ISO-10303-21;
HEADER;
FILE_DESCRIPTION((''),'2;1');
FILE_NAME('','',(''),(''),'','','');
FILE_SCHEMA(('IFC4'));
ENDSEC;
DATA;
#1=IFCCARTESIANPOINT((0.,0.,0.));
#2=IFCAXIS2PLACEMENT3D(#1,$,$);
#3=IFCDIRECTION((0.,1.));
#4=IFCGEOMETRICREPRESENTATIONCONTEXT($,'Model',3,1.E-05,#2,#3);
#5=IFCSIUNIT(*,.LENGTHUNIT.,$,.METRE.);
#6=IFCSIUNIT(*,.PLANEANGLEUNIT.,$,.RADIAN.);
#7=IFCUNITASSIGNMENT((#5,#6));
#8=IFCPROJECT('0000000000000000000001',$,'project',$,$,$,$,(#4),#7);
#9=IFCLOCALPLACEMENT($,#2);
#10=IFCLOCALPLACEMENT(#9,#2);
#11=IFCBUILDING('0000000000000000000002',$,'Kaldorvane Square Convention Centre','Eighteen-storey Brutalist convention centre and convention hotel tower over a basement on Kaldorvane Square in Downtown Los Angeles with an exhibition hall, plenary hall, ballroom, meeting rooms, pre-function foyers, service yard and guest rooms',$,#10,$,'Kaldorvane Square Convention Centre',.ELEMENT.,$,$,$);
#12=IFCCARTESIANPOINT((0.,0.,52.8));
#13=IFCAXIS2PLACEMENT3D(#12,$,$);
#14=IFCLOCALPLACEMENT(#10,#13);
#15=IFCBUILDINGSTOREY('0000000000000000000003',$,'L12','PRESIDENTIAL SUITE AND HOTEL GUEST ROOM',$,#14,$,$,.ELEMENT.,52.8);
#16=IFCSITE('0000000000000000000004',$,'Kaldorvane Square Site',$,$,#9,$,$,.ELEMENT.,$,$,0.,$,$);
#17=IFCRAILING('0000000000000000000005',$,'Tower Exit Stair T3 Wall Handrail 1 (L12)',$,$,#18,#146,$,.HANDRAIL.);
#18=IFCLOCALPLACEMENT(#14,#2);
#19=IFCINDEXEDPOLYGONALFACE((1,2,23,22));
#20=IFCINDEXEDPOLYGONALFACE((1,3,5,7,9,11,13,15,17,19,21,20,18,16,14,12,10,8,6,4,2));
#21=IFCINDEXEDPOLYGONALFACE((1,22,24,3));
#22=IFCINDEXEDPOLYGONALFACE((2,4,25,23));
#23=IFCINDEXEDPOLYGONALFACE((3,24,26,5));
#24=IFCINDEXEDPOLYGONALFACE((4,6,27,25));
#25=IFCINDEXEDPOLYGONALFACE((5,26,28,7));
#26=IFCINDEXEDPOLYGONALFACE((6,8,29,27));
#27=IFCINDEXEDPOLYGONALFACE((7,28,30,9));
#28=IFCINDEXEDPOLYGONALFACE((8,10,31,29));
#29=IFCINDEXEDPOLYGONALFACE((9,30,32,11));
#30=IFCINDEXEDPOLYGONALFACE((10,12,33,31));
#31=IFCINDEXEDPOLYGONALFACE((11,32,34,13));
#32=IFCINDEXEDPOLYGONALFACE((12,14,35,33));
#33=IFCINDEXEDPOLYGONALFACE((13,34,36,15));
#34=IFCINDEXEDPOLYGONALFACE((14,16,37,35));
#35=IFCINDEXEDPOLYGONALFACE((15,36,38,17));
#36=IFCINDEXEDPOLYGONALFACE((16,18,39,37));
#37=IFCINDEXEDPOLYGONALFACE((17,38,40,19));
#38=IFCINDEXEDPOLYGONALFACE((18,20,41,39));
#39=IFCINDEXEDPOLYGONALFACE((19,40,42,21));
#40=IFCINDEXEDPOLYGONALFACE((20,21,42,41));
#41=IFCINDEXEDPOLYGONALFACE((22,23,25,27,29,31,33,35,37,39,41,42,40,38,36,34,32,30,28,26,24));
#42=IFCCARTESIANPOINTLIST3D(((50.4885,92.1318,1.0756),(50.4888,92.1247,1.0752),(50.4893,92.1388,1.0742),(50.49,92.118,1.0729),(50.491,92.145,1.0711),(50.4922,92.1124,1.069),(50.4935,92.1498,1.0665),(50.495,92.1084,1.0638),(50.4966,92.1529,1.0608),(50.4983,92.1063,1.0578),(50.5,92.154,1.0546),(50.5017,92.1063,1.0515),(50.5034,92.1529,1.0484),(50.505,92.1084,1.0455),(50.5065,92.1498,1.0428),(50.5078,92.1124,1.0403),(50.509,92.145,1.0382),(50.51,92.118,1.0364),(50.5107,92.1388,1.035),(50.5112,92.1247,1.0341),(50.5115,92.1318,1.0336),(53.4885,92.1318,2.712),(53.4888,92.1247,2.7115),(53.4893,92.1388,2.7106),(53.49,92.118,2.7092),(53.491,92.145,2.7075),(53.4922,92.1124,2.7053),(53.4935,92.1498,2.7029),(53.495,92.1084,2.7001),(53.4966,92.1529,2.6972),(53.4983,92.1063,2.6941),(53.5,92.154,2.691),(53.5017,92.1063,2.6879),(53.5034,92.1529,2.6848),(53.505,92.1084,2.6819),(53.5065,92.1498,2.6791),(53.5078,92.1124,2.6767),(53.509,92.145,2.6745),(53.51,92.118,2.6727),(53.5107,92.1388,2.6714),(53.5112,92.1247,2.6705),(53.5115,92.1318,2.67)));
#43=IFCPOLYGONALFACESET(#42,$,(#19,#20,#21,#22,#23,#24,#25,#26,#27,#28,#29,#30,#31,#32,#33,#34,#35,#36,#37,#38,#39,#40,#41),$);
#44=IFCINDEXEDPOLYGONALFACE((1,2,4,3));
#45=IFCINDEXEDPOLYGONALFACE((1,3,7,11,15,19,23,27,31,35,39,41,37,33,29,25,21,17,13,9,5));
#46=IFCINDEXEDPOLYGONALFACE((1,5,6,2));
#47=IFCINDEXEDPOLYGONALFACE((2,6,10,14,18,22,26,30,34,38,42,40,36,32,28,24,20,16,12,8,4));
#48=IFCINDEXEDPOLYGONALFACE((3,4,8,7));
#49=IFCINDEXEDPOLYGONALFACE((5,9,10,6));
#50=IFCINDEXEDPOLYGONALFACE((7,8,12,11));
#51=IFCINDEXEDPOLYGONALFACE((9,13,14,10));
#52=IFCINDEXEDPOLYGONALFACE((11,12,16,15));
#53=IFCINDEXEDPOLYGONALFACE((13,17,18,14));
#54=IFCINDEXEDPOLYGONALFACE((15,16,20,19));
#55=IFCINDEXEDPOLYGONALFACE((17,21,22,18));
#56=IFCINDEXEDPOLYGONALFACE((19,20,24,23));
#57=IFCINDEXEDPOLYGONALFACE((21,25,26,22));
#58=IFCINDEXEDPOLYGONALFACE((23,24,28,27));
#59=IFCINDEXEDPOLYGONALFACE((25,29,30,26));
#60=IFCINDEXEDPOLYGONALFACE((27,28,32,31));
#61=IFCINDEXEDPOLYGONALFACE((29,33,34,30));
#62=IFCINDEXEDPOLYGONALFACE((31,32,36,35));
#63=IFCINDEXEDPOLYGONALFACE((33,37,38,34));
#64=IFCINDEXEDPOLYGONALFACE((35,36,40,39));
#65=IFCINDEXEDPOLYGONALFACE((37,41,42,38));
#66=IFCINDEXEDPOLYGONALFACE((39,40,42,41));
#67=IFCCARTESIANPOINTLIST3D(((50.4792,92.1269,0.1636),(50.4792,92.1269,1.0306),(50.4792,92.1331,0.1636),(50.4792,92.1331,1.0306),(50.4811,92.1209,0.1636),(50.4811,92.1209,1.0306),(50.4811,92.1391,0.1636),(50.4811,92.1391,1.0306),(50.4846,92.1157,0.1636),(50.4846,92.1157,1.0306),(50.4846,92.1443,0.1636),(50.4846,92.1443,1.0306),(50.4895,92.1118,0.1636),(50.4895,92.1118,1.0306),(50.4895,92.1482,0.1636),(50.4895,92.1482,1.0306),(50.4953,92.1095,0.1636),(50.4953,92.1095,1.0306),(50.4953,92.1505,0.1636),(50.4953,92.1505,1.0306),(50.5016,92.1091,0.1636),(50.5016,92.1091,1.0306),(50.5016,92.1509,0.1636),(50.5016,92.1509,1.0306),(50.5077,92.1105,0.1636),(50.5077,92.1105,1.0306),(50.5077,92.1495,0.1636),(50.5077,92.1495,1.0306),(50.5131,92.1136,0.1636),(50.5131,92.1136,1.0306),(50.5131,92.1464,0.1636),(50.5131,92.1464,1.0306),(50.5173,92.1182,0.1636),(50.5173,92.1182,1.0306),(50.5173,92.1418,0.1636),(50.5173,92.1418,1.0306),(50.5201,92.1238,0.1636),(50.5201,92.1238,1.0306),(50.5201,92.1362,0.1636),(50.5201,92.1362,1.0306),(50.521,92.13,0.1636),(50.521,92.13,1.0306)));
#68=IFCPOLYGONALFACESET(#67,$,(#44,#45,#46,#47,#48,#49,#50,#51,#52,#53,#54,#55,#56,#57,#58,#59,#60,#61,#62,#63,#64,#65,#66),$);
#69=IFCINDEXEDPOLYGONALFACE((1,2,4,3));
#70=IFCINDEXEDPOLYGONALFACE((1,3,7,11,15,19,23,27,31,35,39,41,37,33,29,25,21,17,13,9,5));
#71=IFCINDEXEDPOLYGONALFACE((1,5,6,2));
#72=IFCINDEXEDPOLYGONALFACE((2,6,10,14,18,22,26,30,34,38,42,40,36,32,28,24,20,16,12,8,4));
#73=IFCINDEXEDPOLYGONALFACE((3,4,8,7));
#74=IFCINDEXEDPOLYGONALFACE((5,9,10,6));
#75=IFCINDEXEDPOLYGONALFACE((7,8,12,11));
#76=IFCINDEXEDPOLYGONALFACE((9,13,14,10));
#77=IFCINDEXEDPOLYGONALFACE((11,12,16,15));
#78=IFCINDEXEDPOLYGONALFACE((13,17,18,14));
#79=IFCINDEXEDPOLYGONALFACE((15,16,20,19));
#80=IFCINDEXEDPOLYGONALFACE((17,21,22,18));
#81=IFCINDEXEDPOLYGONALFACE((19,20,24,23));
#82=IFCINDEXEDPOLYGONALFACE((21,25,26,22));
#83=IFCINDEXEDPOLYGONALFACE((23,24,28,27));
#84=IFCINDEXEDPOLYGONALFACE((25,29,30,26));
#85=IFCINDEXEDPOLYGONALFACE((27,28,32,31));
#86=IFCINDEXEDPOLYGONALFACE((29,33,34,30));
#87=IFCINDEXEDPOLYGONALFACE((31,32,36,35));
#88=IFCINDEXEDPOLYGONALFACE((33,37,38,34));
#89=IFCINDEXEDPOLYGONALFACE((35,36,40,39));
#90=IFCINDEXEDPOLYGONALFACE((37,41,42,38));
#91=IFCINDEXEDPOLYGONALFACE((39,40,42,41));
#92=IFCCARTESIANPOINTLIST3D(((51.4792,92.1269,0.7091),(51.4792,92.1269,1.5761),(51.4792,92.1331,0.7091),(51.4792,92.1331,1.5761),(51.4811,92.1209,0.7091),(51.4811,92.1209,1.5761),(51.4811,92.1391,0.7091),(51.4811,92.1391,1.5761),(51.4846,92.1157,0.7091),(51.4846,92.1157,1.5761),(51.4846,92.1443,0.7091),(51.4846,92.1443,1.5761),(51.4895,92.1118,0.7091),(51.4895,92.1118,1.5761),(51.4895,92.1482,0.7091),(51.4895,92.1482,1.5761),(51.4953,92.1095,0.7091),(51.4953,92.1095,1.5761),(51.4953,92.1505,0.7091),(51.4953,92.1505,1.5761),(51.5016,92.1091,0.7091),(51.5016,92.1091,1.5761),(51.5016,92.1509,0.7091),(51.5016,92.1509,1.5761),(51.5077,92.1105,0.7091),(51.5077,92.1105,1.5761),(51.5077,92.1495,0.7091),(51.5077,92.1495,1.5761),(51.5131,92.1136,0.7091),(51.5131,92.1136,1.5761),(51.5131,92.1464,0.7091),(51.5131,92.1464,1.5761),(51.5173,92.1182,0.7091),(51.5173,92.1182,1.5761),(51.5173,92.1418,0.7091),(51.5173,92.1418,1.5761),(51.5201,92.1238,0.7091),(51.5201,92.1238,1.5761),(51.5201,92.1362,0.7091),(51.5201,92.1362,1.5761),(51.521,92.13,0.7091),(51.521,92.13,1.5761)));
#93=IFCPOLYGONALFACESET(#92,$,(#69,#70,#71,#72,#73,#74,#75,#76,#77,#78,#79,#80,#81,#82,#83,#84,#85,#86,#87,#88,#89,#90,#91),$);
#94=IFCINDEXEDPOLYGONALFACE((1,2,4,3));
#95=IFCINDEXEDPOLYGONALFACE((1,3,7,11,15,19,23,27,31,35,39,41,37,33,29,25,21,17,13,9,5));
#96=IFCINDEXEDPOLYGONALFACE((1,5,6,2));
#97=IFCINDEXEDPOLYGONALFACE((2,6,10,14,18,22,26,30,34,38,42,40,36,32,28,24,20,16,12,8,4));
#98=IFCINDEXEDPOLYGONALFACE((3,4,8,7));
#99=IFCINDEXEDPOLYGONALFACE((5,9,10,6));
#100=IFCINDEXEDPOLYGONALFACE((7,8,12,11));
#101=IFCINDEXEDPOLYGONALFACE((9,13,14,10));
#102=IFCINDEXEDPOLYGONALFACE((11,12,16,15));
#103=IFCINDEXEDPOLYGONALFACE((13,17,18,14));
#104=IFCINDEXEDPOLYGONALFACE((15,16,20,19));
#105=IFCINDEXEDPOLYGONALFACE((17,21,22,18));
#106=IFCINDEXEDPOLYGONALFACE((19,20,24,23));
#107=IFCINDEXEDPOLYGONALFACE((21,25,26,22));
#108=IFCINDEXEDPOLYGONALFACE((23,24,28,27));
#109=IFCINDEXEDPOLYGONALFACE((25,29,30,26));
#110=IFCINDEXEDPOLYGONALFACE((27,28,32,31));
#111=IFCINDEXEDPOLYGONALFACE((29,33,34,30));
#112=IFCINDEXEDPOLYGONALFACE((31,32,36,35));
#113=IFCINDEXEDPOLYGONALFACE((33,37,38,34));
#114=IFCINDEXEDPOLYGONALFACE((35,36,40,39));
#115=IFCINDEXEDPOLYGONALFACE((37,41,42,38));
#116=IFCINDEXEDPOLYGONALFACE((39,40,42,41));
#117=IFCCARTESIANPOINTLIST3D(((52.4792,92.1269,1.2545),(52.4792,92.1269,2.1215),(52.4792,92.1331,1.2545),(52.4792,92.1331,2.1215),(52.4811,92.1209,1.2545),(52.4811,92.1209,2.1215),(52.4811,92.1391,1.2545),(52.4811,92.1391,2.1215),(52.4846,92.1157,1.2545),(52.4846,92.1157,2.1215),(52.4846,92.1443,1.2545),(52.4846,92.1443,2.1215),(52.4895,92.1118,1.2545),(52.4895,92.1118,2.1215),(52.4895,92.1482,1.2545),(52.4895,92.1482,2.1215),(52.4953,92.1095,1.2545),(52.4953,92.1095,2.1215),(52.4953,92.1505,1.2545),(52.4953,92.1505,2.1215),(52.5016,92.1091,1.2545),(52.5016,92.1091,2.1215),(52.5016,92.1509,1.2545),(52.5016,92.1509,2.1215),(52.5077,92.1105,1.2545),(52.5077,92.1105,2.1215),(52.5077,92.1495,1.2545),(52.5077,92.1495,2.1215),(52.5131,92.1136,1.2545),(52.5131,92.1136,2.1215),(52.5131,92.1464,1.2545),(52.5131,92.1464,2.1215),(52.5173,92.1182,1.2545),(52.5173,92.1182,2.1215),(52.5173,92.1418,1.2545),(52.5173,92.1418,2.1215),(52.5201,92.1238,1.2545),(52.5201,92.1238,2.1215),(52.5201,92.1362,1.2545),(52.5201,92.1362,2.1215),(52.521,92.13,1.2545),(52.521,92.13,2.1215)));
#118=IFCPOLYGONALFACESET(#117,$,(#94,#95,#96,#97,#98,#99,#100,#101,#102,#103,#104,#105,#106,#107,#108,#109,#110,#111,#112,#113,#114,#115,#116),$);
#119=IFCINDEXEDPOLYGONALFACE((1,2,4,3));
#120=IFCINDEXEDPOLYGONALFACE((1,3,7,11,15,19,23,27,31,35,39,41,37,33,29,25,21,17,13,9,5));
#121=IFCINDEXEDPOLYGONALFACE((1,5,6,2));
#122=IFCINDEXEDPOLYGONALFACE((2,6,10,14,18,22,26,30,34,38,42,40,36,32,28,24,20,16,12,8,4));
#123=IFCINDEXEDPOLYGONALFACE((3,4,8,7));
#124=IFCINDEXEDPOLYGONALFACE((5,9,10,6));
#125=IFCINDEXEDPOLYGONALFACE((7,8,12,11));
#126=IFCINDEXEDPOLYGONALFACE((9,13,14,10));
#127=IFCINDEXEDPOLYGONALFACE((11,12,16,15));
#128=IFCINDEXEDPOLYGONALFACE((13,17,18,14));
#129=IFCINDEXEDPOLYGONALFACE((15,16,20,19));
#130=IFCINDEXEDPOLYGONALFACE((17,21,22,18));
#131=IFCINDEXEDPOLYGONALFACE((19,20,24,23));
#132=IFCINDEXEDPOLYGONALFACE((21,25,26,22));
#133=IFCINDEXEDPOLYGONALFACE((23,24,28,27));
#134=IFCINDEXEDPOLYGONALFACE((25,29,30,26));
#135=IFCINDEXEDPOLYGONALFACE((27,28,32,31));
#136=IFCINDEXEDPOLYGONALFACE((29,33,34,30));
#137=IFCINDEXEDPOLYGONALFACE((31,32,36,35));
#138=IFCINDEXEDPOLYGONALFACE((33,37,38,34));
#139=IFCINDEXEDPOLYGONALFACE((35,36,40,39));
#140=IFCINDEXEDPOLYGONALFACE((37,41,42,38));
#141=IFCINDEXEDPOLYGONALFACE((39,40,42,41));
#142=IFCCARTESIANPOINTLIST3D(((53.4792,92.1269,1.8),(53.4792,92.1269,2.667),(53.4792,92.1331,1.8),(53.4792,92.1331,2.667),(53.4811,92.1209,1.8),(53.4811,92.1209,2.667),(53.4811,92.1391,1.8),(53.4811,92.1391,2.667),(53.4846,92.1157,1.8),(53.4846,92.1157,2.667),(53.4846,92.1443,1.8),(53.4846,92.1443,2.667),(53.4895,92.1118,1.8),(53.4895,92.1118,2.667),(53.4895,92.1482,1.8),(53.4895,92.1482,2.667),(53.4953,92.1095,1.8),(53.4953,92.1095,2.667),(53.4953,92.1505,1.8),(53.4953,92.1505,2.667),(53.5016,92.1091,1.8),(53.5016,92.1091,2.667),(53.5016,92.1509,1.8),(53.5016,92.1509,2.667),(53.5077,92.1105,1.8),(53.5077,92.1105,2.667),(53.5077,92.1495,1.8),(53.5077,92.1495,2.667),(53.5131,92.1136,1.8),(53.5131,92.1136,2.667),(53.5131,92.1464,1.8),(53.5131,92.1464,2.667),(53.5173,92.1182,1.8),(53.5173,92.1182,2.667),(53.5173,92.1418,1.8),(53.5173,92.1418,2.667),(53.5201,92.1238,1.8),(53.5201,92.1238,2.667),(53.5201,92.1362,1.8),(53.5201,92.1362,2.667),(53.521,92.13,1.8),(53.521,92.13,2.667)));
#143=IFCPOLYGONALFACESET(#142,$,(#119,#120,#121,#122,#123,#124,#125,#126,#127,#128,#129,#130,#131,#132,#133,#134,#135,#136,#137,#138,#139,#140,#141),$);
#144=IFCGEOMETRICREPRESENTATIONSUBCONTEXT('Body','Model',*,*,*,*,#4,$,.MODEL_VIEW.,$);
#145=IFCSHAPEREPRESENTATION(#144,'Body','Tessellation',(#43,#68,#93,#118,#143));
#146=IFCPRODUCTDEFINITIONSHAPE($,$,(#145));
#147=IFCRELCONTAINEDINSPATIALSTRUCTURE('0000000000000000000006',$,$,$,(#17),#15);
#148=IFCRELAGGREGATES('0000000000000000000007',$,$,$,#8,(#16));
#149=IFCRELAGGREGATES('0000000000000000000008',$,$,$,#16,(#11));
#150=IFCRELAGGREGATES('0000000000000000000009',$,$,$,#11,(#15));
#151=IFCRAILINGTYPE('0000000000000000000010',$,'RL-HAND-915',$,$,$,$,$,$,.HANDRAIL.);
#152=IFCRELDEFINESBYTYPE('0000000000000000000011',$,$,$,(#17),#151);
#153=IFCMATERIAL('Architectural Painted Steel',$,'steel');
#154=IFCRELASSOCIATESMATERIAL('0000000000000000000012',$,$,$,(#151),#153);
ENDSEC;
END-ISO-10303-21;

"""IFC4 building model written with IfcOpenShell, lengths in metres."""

from ifc_helpers import new_model, si_unit, direction, frame, origin, origin_2d, place, context, subcontext, project, spatial, circle, extrude, material, type_object, element, save


model = new_model("IFC4")

# Units and contexts
model_context = context("Model", 3, precision=1e-05, world=origin(), true_north=direction((0.0, 1.0)))
body_context = subcontext(model_context, "Body", "Model", "MODEL_VIEW")
ifc_project = project(units=[si_unit("LENGTHUNIT", "METRE"), si_unit("PLANEANGLEUNIT", "RADIAN")], contexts=[model_context])

# Site, building, storey
site_placement = place(None, origin())
site = spatial("IfcSite", under=ifc_project, at=site_placement, Name="Kaldorvane Square Site", CompositionType="ELEMENT", RefElevation=0.0)
building_placement = place(site_placement, origin())
building = spatial("IfcBuilding", under=site, at=building_placement, Name="Kaldorvane Square Convention Centre", Description="Eighteen-storey Brutalist convention centre and convention hotel tower over a basement on Kaldorvane Square in Downtown Los Angeles with an exhibition hall, plenary hall, ballroom, meeting rooms, pre-function foyers, service yard and guest rooms", LongName="Kaldorvane Square Convention Centre", CompositionType="ELEMENT")
storey_placement = place(building_placement, frame((0.0, 0.0, 52.8)))
storey = spatial("IfcBuildingStorey", under=building, at=storey_placement, Name="L12", Description="PRESIDENTIAL SUITE AND HOTEL GUEST ROOM", CompositionType="ELEMENT", Elevation=52.8)

# Railing
ifc_material_1 = material(Name="Architectural Painted Steel", Category="steel")
railing_type_1 = type_object("IfcRailingType", Name="RL-HAND-915", PredefinedType="HANDRAIL", material=ifc_material_1)
for number, where, name in (
    (1, (50.5, 92.13, 0.1636), "Tower Exit Stair T3 Wall Handrail 1 (L12)"),
):
    element("IfcRailing", number, at=place(storey_placement, frame(where)), inside=storey, type_object=railing_type_1, Name=name, PredefinedType="HANDRAIL", context=body_context, shape_type="SweptSolid", body=[
        extrude(circle(Radius=0.024, at=origin_2d()), frame((0.0, 0.0, 0.891), z_axis=(0.877895, 0.0, 0.478853), x_axis=(0.0, 1.0, 0.0)), (0.0, 0.0, 1.0), 3.4173),
        extrude(circle(Radius=0.021, at=origin_2d()), origin(), (0.0, 0.0, 1.0), 0.867),
        extrude(circle(Radius=0.021, at=origin_2d()), frame((1.0, 0.0, 0.5455)), (0.0, 0.0, 1.0), 0.867),
        extrude(circle(Radius=0.021, at=origin_2d()), frame((2.0, 0.0, 1.0909)), (0.0, 0.0, 1.0), 0.867),
        extrude(circle(Radius=0.021, at=origin_2d()), frame((3.0, 0.0, 1.6364)), (0.0, 0.0, 1.0), 0.867),
    ])

save(model, "model.ifc")
